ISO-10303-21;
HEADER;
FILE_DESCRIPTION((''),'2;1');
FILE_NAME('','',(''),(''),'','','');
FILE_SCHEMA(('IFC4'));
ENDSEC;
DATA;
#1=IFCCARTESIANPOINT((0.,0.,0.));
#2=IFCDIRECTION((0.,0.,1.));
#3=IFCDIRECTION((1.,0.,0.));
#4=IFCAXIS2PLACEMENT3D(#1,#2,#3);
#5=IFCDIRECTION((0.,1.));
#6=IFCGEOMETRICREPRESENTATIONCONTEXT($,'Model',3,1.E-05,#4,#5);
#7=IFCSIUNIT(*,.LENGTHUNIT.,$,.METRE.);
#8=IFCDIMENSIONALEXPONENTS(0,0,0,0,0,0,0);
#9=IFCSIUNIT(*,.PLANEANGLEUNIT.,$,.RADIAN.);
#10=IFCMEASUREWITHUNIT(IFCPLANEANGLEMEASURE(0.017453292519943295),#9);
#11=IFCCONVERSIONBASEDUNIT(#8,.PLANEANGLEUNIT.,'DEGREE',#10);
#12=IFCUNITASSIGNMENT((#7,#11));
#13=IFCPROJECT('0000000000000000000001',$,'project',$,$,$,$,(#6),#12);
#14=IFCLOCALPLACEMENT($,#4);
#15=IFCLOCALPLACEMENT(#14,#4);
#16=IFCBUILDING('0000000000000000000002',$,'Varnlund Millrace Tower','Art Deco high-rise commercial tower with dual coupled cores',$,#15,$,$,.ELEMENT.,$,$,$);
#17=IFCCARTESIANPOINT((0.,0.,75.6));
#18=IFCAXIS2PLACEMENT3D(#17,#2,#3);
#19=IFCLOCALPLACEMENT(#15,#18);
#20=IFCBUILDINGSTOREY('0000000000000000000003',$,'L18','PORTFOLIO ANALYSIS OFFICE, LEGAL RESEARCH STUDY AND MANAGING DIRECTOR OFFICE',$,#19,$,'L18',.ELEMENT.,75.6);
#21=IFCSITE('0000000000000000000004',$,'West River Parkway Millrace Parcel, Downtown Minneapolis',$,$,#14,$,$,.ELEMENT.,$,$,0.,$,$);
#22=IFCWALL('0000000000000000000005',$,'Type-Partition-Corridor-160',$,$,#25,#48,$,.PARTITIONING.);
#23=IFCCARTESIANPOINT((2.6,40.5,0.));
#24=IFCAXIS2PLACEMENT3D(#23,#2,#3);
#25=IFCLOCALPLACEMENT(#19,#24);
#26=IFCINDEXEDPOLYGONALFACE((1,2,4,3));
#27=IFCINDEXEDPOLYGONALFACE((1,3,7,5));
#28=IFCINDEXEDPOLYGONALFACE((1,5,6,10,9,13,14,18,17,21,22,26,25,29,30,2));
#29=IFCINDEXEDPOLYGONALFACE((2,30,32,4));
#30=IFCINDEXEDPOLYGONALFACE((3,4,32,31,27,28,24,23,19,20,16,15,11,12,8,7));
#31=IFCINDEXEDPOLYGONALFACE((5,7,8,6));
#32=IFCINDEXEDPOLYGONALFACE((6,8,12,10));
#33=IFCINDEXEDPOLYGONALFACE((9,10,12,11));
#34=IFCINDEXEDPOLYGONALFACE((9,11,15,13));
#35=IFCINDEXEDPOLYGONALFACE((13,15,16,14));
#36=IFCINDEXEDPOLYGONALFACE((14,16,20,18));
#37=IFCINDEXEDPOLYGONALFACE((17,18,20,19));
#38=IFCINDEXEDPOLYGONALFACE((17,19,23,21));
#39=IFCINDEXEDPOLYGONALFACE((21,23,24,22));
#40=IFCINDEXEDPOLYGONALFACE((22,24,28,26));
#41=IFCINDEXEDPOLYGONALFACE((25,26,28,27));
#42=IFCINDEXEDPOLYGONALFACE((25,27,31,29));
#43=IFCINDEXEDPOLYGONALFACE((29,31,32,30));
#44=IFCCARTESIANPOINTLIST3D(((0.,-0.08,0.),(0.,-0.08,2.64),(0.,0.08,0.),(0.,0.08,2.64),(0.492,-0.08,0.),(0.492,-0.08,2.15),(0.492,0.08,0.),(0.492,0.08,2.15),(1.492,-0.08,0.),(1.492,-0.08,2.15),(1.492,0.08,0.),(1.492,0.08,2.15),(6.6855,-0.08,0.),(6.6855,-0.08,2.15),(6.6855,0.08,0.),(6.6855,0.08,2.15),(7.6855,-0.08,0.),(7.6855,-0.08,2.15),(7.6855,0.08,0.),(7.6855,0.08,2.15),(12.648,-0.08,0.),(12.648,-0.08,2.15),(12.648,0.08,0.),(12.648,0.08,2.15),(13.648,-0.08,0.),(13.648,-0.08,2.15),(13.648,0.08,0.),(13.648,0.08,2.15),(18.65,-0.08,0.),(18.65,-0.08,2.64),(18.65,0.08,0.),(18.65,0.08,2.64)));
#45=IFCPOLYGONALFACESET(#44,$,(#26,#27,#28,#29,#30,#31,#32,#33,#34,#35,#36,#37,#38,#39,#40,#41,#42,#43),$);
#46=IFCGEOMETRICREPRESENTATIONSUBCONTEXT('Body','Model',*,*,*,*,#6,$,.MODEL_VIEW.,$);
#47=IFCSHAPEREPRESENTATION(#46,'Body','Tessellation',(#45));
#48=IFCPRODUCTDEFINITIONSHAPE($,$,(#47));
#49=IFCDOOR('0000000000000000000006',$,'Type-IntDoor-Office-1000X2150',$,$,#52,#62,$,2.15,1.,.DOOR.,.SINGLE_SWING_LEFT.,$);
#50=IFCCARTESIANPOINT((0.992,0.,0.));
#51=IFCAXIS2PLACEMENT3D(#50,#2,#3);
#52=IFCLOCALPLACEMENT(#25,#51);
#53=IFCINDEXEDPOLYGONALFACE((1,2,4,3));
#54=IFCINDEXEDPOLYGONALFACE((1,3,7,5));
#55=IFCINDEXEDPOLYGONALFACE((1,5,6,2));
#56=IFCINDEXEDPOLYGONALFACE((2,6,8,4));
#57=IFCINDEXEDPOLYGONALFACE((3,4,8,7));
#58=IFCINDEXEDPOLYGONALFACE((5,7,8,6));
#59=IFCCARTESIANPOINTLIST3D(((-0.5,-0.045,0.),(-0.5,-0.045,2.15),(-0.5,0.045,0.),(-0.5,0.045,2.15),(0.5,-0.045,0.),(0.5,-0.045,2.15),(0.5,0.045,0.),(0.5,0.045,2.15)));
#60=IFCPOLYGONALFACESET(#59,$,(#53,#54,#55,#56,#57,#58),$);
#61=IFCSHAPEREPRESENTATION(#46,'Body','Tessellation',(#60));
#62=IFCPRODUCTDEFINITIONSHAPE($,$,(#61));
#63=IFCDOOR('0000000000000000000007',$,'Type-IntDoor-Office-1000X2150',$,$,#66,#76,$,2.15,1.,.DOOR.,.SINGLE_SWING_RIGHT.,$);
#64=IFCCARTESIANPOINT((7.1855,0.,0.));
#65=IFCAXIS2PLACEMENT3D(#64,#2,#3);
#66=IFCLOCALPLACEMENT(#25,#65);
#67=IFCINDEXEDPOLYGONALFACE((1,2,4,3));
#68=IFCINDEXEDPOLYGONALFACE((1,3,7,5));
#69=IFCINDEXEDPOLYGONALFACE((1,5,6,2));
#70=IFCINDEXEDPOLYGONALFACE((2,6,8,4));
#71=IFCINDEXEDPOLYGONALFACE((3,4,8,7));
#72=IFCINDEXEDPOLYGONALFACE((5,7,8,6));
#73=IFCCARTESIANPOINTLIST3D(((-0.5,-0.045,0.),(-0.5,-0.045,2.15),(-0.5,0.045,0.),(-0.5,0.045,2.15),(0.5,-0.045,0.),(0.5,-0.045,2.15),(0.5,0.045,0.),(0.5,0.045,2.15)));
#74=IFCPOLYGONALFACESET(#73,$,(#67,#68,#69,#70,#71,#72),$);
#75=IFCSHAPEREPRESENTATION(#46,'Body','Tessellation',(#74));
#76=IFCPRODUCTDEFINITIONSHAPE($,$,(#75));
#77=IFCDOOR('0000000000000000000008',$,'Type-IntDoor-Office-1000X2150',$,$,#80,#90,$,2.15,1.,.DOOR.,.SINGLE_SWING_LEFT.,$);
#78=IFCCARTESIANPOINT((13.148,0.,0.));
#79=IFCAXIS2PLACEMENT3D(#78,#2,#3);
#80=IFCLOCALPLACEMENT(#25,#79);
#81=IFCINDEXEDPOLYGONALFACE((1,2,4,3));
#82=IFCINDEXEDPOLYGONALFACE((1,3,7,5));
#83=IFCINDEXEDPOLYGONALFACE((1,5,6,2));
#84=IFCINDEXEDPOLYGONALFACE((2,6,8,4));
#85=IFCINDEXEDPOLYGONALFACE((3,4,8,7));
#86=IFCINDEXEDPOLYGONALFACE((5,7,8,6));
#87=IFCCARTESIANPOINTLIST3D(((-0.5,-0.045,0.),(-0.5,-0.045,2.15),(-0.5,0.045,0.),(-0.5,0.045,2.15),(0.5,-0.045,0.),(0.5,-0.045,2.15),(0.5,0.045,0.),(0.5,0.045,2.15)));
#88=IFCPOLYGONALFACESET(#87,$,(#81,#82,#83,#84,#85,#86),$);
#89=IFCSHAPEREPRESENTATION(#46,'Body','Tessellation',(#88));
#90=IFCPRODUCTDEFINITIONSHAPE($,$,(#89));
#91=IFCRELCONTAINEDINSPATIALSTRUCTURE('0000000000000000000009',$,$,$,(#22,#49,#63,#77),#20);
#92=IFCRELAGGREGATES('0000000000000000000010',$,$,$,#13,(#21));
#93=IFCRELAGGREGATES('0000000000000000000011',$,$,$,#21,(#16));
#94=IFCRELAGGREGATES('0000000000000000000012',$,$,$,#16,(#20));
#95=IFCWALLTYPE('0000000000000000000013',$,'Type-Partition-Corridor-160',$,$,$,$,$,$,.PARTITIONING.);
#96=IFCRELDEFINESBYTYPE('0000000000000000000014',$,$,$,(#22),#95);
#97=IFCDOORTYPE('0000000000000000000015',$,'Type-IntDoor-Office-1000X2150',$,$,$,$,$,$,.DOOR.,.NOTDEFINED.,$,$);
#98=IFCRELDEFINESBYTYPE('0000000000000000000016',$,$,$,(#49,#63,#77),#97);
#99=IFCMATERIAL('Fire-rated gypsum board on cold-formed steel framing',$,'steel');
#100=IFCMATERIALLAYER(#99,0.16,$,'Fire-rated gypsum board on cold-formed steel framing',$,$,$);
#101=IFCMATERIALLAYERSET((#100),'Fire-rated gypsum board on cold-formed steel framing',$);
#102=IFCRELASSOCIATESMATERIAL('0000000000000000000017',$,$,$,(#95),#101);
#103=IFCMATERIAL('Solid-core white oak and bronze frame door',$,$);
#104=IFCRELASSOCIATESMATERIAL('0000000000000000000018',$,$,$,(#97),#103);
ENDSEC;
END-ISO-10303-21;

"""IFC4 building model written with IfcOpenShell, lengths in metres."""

from ifc_helpers import new_model, entity, si_unit, converted_unit, direction, frame, origin_with_axes, origin_2d_with_axis, place, context, subcontext, project, spatial, polyline, rectangle, outline, extrude, material, layer, layer_set, type_object, element, fill, save


model = new_model("IFC4")

# Units and contexts
model_context = context("Model", 3, precision=1e-05, world=origin_with_axes(), true_north=direction((0.0, 1.0)))
body_context = subcontext(model_context, "Body", "Model", "MODEL_VIEW")
ifc_project = project(units=[si_unit("LENGTHUNIT", "METRE"), converted_unit("PLANEANGLEUNIT", "DEGREE", entity("IfcPlaneAngleMeasure", 0.017453292519943295), si_unit("PLANEANGLEUNIT", "RADIAN"), dimensions=[0, 0, 0, 0, 0, 0, 0])], contexts=[model_context])

# Site, building, storey
site_placement = place(None, origin_with_axes())
site = spatial("IfcSite", under=ifc_project, at=site_placement, Name="West River Parkway Millrace Parcel, Downtown Minneapolis", CompositionType="ELEMENT", RefElevation=0.0)
building_placement = place(site_placement, origin_with_axes())
building = spatial("IfcBuilding", under=site, at=building_placement, Name="Varnlund Millrace Tower", Description="Art Deco high-rise commercial tower with dual coupled cores", CompositionType="ELEMENT")
storey_placement = place(building_placement, frame((0.0, 0.0, 75.6), z_axis=(0.0, 0.0, 1.0), x_axis=(1.0, 0.0, 0.0)))
storey = spatial("IfcBuildingStorey", under=building, at=storey_placement, Name="L18", Description="PORTFOLIO ANALYSIS OFFICE, LEGAL RESEARCH STUDY AND MANAGING DIRECTOR OFFICE", LongName="L18", CompositionType="ELEMENT", Elevation=75.6)

# Shared definitions
ifc_material_1 = material(Name="Fire-rated gypsum board on cold-formed steel framing", Category="steel")
ifc_layer_1 = layer(ifc_material_1, 0.16, Name="Fire-rated gypsum board on cold-formed steel framing")
ifc_layer_set_1 = layer_set([ifc_layer_1], Name="Fire-rated gypsum board on cold-formed steel framing")
wall_type_1 = type_object("IfcWallType", Name="Type-Partition-Corridor-160", PredefinedType="PARTITIONING", material=ifc_layer_set_1)

# Wall, openings, doors
wall_1_placement = place(storey_placement, frame((2.6, 40.5, 0.0), z_axis=(0.0, 0.0, 1.0), x_axis=(1.0, 0.0, 0.0)))
wall_1 = element("IfcWall", 1, at=wall_1_placement, inside=storey, type_object=wall_type_1, Name="Type-Partition-Corridor-160", PredefinedType="PARTITIONING", context=body_context, shape_type="SweptSolid", body=[
    extrude(outline(polyline([(0.0, -0.08), (18.65, -0.08), (18.65, 0.08), (0.0, 0.08), (0.0, -0.08)])), origin_with_axes(), (0.0, 0.0, 1.0), 2.64),
])
opening_1_placement = place(wall_1_placement, frame((0.992, 0.0, 0.0), z_axis=(0.0, 0.0, 1.0), x_axis=(1.0, 0.0, 0.0)))
opening_1 = element("IfcOpeningElement", 2, at=opening_1_placement, cuts=wall_1, PredefinedType="OPENING", context=body_context, shape_type="SweptSolid", body=[
    extrude(rectangle(XDim=1.0, YDim=0.18, at=origin_2d_with_axis()), origin_with_axes(), (0.0, 0.0, 1.0), 2.15),
])
opening_2_placement = place(wall_1_placement, frame((7.1855, 0.0, 0.0), z_axis=(0.0, 0.0, 1.0), x_axis=(1.0, 0.0, 0.0)))
opening_2 = element("IfcOpeningElement", 3, at=opening_2_placement, cuts=wall_1, PredefinedType="OPENING", context=body_context, shape_type="SweptSolid", body=[
    extrude(rectangle(XDim=1.0, YDim=0.18, at=origin_2d_with_axis()), origin_with_axes(), (0.0, 0.0, 1.0), 2.15),
])
opening_3_placement = place(wall_1_placement, frame((13.148, 0.0, 0.0), z_axis=(0.0, 0.0, 1.0), x_axis=(1.0, 0.0, 0.0)))
opening_3 = element("IfcOpeningElement", 4, at=opening_3_placement, cuts=wall_1, PredefinedType="OPENING", context=body_context, shape_type="SweptSolid", body=[
    extrude(rectangle(XDim=1.0, YDim=0.18, at=origin_2d_with_axis()), origin_with_axes(), (0.0, 0.0, 1.0), 2.15),
])
ifc_material_2 = material(Name="Solid-core white oak and bronze frame door")
door_type = type_object("IfcDoorType", Name="Type-IntDoor-Office-1000X2150", OperationType="NOTDEFINED", PredefinedType="DOOR", material=ifc_material_2)
door_1_placement = place(wall_1_placement, frame((0.992, 0.0, 0.0), z_axis=(0.0, 0.0, 1.0), x_axis=(1.0, 0.0, 0.0)))
door_1 = element("IfcDoor", 5, at=door_1_placement, inside=storey, type_object=door_type, Name="Type-IntDoor-Office-1000X2150", OperationType="SINGLE_SWING_LEFT", OverallHeight=2.15, OverallWidth=1.0, PredefinedType="DOOR", context=body_context, shape_type="SweptSolid", body=[
    extrude(rectangle(XDim=1.0, YDim=0.09, at=origin_2d_with_axis()), origin_with_axes(), (0.0, 0.0, 1.0), 2.15),
])
fill(opening_1, door_1)
door_2_placement = place(wall_1_placement, frame((7.1855, 0.0, 0.0), z_axis=(0.0, 0.0, 1.0), x_axis=(1.0, 0.0, 0.0)))
door_2 = element("IfcDoor", 6, at=door_2_placement, inside=storey, type_object=door_type, Name="Type-IntDoor-Office-1000X2150", OperationType="SINGLE_SWING_RIGHT", OverallHeight=2.15, OverallWidth=1.0, PredefinedType="DOOR", context=body_context, shape_type="SweptSolid", body=[
    extrude(rectangle(XDim=1.0, YDim=0.09, at=origin_2d_with_axis()), origin_with_axes(), (0.0, 0.0, 1.0), 2.15),
])
fill(opening_2, door_2)
door_3_placement = place(wall_1_placement, frame((13.148, 0.0, 0.0), z_axis=(0.0, 0.0, 1.0), x_axis=(1.0, 0.0, 0.0)))
door_3 = element("IfcDoor", 7, at=door_3_placement, inside=storey, type_object=door_type, Name="Type-IntDoor-Office-1000X2150", OperationType="SINGLE_SWING_LEFT", OverallHeight=2.15, OverallWidth=1.0, PredefinedType="DOOR", context=body_context, shape_type="SweptSolid", body=[
    extrude(rectangle(XDim=1.0, YDim=0.09, at=origin_2d_with_axis()), origin_with_axes(), (0.0, 0.0, 1.0), 2.15),
])
fill(opening_3, door_3)

save(model, "model.ifc")
